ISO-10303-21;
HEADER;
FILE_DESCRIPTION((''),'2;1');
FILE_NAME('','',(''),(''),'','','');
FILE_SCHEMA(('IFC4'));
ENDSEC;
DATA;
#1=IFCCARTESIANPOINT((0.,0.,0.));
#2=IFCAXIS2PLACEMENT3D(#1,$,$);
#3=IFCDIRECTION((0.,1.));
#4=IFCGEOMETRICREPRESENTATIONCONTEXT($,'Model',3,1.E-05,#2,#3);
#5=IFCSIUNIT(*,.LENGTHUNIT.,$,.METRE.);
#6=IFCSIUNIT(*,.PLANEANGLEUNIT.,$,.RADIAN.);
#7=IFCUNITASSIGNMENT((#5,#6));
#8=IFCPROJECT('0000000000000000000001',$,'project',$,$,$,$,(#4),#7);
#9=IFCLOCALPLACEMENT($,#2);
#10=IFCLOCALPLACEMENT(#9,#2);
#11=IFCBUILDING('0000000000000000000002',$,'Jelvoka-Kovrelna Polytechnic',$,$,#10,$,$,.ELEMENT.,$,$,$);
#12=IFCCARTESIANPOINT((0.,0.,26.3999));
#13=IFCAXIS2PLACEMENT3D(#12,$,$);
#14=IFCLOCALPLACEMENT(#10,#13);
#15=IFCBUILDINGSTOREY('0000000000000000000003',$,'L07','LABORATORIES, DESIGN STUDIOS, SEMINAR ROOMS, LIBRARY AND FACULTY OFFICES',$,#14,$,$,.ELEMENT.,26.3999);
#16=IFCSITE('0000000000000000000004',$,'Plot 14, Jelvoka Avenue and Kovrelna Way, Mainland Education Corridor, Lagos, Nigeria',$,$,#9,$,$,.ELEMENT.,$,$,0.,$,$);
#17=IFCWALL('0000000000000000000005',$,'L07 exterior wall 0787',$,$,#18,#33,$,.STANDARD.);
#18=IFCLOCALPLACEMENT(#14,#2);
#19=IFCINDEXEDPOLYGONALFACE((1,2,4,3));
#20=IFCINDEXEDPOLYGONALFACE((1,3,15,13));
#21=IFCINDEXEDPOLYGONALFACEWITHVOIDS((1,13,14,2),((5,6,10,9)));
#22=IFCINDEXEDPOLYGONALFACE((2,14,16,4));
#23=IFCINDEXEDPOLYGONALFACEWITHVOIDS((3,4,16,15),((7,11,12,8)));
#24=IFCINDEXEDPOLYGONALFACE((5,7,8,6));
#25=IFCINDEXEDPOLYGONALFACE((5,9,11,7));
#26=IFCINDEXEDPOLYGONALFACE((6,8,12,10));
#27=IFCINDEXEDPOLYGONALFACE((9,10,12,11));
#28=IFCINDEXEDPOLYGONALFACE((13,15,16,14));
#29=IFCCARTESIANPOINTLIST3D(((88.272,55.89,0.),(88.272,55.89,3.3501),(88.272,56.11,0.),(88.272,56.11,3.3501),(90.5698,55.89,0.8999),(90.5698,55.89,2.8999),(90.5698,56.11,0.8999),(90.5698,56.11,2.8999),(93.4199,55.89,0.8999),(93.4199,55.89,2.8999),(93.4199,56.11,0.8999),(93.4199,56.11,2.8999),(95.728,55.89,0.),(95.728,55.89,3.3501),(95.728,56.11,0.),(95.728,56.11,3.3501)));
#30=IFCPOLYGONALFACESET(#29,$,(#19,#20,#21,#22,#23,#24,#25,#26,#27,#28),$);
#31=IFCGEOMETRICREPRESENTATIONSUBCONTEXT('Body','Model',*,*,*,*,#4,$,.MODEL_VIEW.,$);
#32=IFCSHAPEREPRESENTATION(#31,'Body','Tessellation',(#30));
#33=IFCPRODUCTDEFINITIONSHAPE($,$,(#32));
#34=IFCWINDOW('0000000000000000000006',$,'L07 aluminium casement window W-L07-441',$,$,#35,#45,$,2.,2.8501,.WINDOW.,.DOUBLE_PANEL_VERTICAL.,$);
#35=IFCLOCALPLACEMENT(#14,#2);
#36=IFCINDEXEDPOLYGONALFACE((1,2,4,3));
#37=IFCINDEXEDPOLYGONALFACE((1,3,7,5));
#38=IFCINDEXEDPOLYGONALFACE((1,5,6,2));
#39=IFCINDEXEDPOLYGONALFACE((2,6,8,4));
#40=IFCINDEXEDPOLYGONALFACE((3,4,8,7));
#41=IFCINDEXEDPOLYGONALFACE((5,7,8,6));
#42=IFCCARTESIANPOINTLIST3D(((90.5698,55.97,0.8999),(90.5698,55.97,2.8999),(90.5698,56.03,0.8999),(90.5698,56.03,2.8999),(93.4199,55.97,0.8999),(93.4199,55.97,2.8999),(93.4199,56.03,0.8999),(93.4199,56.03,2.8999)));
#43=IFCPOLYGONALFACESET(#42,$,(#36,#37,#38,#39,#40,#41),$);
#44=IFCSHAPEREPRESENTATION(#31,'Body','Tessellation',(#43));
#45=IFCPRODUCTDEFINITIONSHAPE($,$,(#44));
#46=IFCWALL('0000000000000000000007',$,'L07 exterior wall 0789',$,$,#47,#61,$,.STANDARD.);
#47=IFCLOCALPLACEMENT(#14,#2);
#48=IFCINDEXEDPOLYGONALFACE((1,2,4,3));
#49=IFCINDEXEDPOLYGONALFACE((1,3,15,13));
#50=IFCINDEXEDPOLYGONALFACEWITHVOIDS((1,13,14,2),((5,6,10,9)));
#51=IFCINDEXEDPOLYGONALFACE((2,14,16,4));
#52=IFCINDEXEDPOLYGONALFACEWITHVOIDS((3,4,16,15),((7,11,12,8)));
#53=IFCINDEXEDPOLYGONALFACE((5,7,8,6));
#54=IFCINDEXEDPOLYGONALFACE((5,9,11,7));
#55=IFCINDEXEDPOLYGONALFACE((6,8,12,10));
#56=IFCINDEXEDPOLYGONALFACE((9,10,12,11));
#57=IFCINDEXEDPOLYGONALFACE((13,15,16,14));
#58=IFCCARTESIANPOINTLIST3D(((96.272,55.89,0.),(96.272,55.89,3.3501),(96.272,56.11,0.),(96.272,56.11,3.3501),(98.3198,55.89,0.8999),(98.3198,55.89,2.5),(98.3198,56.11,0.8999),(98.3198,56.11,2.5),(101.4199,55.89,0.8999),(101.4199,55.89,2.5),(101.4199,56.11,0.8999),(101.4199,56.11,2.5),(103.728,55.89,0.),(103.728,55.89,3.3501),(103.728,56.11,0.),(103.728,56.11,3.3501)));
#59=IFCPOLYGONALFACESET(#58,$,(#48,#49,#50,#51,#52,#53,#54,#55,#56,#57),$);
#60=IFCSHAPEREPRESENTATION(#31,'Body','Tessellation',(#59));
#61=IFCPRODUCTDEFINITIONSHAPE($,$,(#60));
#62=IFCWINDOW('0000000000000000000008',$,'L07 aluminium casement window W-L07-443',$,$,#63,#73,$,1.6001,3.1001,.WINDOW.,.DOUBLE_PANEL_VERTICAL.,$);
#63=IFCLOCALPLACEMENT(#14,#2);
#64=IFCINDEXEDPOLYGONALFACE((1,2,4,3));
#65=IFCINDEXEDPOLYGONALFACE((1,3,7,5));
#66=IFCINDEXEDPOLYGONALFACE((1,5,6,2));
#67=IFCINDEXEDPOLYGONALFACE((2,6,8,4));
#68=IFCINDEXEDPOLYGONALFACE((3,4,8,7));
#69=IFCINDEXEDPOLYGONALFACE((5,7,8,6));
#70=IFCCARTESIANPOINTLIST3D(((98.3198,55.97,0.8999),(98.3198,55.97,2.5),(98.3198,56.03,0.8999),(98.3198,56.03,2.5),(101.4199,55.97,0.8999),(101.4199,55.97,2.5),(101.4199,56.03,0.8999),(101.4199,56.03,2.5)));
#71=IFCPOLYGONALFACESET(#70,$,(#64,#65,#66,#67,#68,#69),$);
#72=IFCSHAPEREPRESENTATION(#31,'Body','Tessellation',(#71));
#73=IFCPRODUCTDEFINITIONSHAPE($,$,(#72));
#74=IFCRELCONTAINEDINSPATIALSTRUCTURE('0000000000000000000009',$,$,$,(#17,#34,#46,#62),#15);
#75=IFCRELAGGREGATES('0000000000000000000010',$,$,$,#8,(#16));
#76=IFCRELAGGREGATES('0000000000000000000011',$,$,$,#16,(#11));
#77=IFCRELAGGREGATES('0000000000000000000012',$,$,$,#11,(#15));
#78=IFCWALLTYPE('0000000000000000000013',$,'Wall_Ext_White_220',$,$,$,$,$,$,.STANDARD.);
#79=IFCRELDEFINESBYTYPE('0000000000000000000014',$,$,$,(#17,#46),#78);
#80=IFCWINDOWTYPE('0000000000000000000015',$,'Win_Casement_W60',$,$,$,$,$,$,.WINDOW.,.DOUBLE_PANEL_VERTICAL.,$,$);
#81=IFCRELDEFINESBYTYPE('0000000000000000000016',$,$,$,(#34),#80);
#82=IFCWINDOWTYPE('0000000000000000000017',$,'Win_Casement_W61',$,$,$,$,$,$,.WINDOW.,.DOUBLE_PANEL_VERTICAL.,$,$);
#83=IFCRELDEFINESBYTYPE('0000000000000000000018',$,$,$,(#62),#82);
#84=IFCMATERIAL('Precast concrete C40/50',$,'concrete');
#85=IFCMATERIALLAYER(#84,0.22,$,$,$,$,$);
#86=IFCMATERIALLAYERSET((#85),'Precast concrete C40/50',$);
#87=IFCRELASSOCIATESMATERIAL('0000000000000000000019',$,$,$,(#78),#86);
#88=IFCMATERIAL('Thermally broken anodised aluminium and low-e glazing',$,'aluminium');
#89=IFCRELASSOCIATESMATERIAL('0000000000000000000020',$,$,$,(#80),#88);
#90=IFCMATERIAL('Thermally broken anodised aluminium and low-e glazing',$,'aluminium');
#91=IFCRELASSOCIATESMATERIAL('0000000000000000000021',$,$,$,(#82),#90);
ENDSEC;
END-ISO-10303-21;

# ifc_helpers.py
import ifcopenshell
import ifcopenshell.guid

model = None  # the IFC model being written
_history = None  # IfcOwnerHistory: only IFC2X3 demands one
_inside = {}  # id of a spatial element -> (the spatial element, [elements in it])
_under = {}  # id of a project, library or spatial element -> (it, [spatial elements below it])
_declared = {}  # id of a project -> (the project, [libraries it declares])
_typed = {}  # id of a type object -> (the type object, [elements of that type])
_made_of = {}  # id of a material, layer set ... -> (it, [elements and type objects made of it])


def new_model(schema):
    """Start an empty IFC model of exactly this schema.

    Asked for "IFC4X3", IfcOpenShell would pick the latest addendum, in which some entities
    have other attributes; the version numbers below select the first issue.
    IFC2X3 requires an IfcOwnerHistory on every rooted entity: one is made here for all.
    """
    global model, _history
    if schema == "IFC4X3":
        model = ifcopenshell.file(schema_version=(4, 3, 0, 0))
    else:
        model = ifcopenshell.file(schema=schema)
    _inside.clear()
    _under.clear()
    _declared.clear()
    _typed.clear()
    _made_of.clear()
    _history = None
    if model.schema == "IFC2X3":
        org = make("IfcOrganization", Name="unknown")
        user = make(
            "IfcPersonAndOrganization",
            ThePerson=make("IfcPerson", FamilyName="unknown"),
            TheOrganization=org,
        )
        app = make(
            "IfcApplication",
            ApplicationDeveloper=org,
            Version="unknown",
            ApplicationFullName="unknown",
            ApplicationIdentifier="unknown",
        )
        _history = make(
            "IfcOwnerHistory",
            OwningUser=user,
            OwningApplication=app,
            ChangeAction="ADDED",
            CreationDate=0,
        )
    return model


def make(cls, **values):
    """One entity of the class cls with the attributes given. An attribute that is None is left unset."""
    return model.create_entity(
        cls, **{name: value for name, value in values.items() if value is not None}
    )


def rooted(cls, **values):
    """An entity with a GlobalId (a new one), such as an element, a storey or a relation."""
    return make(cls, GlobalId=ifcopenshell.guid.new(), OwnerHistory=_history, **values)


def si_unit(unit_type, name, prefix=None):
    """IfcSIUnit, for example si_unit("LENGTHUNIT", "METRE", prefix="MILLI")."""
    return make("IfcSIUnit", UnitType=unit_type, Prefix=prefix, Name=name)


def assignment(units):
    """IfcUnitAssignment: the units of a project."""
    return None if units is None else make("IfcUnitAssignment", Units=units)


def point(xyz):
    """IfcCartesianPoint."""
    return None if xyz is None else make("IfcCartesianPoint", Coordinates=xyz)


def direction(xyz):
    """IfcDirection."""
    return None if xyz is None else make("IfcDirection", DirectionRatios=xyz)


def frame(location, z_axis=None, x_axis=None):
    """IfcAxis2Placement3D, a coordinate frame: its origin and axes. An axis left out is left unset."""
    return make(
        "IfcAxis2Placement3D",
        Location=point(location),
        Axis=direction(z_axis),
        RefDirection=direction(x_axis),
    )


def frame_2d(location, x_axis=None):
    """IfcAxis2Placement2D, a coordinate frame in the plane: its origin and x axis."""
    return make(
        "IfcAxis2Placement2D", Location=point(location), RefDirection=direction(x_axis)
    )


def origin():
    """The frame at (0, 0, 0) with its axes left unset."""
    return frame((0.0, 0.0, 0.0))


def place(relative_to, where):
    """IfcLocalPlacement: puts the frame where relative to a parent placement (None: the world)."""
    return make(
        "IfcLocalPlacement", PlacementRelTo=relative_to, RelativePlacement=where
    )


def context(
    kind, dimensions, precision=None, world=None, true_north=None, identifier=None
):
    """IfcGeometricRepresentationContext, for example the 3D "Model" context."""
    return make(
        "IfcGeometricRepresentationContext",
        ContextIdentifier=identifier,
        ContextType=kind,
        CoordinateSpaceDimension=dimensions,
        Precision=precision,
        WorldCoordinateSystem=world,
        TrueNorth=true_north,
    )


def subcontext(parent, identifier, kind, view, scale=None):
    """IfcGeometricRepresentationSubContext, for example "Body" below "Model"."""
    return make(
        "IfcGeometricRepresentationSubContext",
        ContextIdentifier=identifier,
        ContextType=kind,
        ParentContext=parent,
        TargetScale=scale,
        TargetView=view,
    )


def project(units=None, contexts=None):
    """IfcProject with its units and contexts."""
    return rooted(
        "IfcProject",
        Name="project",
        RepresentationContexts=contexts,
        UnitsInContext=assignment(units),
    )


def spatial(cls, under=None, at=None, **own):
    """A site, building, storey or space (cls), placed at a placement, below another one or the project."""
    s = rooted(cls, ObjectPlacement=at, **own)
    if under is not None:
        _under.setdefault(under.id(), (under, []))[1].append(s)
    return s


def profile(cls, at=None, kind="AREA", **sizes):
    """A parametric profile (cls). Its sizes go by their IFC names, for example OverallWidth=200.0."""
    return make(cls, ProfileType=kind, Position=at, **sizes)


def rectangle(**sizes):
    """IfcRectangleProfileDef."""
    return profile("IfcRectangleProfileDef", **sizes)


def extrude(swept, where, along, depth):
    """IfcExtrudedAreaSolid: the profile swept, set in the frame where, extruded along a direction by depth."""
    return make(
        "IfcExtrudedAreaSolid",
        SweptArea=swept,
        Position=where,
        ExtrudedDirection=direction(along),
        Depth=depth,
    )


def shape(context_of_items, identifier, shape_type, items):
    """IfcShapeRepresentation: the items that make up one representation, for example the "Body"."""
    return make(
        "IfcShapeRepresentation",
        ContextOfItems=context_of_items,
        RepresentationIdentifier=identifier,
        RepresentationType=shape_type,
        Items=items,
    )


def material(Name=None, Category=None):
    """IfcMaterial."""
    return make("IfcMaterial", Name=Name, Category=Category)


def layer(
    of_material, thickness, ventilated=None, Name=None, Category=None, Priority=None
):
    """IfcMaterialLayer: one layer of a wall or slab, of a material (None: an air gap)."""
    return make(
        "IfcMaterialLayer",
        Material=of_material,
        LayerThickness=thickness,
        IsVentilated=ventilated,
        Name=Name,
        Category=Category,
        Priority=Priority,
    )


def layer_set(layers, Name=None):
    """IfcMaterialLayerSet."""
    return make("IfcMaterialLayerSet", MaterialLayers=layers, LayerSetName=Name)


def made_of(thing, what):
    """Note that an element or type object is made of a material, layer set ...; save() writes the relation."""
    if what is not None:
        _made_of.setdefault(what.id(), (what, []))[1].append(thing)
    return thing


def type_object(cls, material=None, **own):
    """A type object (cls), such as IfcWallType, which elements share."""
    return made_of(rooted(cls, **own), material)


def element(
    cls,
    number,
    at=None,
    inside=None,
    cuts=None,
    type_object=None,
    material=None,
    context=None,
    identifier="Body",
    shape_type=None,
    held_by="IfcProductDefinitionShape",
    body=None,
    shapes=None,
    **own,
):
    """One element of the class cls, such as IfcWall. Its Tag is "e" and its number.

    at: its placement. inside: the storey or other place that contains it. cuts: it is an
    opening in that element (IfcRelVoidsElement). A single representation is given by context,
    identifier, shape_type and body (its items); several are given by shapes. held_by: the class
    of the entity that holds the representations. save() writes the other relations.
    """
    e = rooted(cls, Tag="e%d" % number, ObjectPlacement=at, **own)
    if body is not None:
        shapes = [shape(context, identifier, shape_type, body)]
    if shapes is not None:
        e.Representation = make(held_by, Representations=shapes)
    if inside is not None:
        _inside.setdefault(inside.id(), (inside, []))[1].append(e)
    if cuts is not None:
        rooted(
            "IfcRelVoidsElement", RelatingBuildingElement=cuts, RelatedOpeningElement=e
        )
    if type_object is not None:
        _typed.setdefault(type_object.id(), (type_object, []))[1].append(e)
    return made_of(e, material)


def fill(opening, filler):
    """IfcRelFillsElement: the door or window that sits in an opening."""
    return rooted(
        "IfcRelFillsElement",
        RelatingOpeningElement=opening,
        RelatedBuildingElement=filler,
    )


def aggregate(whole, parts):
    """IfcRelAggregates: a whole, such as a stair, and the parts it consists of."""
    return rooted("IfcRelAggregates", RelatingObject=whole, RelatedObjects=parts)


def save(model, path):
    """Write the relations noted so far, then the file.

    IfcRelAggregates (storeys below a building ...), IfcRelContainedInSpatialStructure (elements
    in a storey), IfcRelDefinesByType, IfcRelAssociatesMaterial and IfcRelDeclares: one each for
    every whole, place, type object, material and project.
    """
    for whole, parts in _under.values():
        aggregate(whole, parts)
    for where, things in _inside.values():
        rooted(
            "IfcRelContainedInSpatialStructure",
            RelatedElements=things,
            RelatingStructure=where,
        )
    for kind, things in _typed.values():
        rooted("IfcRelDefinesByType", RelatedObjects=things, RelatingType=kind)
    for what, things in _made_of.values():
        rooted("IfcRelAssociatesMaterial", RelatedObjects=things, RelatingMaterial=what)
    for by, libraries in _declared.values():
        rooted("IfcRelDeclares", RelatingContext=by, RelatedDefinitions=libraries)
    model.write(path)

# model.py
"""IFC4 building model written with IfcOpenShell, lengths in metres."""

from ifc_helpers import new_model, si_unit, direction, frame, frame_2d, origin, place, context, subcontext, project, spatial, rectangle, extrude, material, layer, layer_set, type_object, element, fill, save


model = new_model("IFC4")

# Units and contexts
model_context = context("Model", 3, precision=1e-05, world=origin(), true_north=direction((0.0, 1.0)))
body_context = subcontext(model_context, "Body", "Model", "MODEL_VIEW")
ifc_project = project(units=[si_unit("LENGTHUNIT", "METRE"), si_unit("PLANEANGLEUNIT", "RADIAN")], contexts=[model_context])

# Site, building, storey
site_placement = place(None, origin())
site = spatial("IfcSite", under=ifc_project, at=site_placement, Name="Plot 14, Jelvoka Avenue and Kovrelna Way, Mainland Education Corridor, Lagos, Nigeria", CompositionType="ELEMENT", RefElevation=0.0)
building_placement = place(site_placement, origin())
building = spatial("IfcBuilding", under=site, at=building_placement, Name="Jelvoka-Kovrelna Polytechnic", CompositionType="ELEMENT")
storey_placement = place(building_placement, frame((0.0, 0.0, 26.3999)))
storey = spatial("IfcBuildingStorey", under=building, at=storey_placement, Name="L07", Description="LABORATORIES, DESIGN STUDIOS, SEMINAR ROOMS, LIBRARY AND FACULTY OFFICES", CompositionType="ELEMENT", Elevation=26.3999)

# Walls, openings, windows
ifc_material_1 = material(Name="Precast concrete C40/50", Category="concrete")
ifc_layer_1 = layer(ifc_material_1, 0.22)
ifc_layer_set_1 = layer_set([ifc_layer_1], Name="Precast concrete C40/50")
wall_type_1 = type_object("IfcWallType", Name="Wall_Ext_White_220", PredefinedType="STANDARD", material=ifc_layer_set_1)
wall_1_placement = place(storey_placement, frame((95.728, 56.0, 0.0), z_axis=(0.0, 0.0, 1.0), x_axis=(-1.0, 0.0, 0.0)))
wall_1 = element("IfcWall", 1, at=wall_1_placement, inside=storey, type_object=wall_type_1, Name="L07 exterior wall 0787", PredefinedType="STANDARD", context=body_context, shape_type="SweptSolid", body=[
    extrude(rectangle(XDim=7.4561, YDim=0.22, at=frame_2d((3.728, 0.0))), origin(), (0.0, 0.0, 1.0), 3.3501),
])
opening_1_placement = place(wall_1_placement, frame((2.3081, 0.0, 0.8999)))
opening_1 = element("IfcOpeningElement", 2, at=opening_1_placement, cuts=wall_1, PredefinedType="OPENING", context=body_context, shape_type="SweptSolid", body=[
    extrude(rectangle(XDim=2.8501, YDim=2.0, at=frame_2d((1.425, 1.0))), frame((0.0, 0.1199, 0.0), z_axis=(0.0, -1.0, 0.0), x_axis=(1.0, 0.0, 0.0)), (0.0, 0.0, 1.0), 0.24),
])
ifc_material_2 = material(Name="Thermally broken anodised aluminium and low-e glazing", Category="aluminium")
window_type_1 = type_object("IfcWindowType", Name="Win_Casement_W60", PartitioningType="DOUBLE_PANEL_VERTICAL", PredefinedType="WINDOW", material=ifc_material_2)
window_1_placement = place(opening_1_placement, origin())
window_1 = element("IfcWindow", 3, at=window_1_placement, inside=storey, type_object=window_type_1, Name="L07 aluminium casement window W-L07-441", OverallHeight=2.0, OverallWidth=2.8501, PartitioningType="DOUBLE_PANEL_VERTICAL", PredefinedType="WINDOW", context=body_context, shape_type="SweptSolid", body=[
    extrude(rectangle(XDim=2.8501, YDim=2.0, at=frame_2d((1.425, 1.0))), frame((0.0, 0.03, 0.0), z_axis=(0.0, -1.0, 0.0), x_axis=(1.0, 0.0, 0.0)), (0.0, 0.0, 1.0), 0.0601),
])
fill(opening_1, window_1)
wall_2_placement = place(storey_placement, frame((103.728, 56.0, 0.0), z_axis=(0.0, 0.0, 1.0), x_axis=(-1.0, 0.0, 0.0)))
wall_2 = element("IfcWall", 4, at=wall_2_placement, inside=storey, type_object=wall_type_1, Name="L07 exterior wall 0789", PredefinedType="STANDARD", context=body_context, shape_type="SweptSolid", body=[
    extrude(rectangle(XDim=7.4561, YDim=0.22, at=frame_2d((3.728, 0.0))), origin(), (0.0, 0.0, 1.0), 3.3501),
])
opening_2_placement = place(wall_2_placement, frame((2.3081, 0.0, 0.8999)))
opening_2 = element("IfcOpeningElement", 5, at=opening_2_placement, cuts=wall_2, PredefinedType="OPENING", context=body_context, shape_type="SweptSolid", body=[
    extrude(rectangle(XDim=3.1001, YDim=1.6001, at=frame_2d((1.55, 0.8))), frame((0.0, 0.1199, 0.0), z_axis=(0.0, -1.0, 0.0), x_axis=(1.0, 0.0, 0.0)), (0.0, 0.0, 1.0), 0.24),
])
ifc_material_3 = material(Name="Thermally broken anodised aluminium and low-e glazing", Category="aluminium")
window_type_2 = type_object("IfcWindowType", Name="Win_Casement_W61", PartitioningType="DOUBLE_PANEL_VERTICAL", PredefinedType="WINDOW", material=ifc_material_3)
window_2_placement = place(opening_2_placement, origin())
window_2 = element("IfcWindow", 6, at=window_2_placement, inside=storey, type_object=window_type_2, Name="L07 aluminium casement window W-L07-443", OverallHeight=1.6001, OverallWidth=3.1001, PartitioningType="DOUBLE_PANEL_VERTICAL", PredefinedType="WINDOW", context=body_context, shape_type="SweptSolid", body=[
    extrude(rectangle(XDim=3.1001, YDim=1.6001, at=frame_2d((1.55, 0.8))), frame((0.0, 0.03, 0.0), z_axis=(0.0, -1.0, 0.0), x_axis=(1.0, 0.0, 0.0)), (0.0, 0.0, 1.0), 0.0601),
])
fill(opening_2, window_2)

save(model, "model.ifc")
